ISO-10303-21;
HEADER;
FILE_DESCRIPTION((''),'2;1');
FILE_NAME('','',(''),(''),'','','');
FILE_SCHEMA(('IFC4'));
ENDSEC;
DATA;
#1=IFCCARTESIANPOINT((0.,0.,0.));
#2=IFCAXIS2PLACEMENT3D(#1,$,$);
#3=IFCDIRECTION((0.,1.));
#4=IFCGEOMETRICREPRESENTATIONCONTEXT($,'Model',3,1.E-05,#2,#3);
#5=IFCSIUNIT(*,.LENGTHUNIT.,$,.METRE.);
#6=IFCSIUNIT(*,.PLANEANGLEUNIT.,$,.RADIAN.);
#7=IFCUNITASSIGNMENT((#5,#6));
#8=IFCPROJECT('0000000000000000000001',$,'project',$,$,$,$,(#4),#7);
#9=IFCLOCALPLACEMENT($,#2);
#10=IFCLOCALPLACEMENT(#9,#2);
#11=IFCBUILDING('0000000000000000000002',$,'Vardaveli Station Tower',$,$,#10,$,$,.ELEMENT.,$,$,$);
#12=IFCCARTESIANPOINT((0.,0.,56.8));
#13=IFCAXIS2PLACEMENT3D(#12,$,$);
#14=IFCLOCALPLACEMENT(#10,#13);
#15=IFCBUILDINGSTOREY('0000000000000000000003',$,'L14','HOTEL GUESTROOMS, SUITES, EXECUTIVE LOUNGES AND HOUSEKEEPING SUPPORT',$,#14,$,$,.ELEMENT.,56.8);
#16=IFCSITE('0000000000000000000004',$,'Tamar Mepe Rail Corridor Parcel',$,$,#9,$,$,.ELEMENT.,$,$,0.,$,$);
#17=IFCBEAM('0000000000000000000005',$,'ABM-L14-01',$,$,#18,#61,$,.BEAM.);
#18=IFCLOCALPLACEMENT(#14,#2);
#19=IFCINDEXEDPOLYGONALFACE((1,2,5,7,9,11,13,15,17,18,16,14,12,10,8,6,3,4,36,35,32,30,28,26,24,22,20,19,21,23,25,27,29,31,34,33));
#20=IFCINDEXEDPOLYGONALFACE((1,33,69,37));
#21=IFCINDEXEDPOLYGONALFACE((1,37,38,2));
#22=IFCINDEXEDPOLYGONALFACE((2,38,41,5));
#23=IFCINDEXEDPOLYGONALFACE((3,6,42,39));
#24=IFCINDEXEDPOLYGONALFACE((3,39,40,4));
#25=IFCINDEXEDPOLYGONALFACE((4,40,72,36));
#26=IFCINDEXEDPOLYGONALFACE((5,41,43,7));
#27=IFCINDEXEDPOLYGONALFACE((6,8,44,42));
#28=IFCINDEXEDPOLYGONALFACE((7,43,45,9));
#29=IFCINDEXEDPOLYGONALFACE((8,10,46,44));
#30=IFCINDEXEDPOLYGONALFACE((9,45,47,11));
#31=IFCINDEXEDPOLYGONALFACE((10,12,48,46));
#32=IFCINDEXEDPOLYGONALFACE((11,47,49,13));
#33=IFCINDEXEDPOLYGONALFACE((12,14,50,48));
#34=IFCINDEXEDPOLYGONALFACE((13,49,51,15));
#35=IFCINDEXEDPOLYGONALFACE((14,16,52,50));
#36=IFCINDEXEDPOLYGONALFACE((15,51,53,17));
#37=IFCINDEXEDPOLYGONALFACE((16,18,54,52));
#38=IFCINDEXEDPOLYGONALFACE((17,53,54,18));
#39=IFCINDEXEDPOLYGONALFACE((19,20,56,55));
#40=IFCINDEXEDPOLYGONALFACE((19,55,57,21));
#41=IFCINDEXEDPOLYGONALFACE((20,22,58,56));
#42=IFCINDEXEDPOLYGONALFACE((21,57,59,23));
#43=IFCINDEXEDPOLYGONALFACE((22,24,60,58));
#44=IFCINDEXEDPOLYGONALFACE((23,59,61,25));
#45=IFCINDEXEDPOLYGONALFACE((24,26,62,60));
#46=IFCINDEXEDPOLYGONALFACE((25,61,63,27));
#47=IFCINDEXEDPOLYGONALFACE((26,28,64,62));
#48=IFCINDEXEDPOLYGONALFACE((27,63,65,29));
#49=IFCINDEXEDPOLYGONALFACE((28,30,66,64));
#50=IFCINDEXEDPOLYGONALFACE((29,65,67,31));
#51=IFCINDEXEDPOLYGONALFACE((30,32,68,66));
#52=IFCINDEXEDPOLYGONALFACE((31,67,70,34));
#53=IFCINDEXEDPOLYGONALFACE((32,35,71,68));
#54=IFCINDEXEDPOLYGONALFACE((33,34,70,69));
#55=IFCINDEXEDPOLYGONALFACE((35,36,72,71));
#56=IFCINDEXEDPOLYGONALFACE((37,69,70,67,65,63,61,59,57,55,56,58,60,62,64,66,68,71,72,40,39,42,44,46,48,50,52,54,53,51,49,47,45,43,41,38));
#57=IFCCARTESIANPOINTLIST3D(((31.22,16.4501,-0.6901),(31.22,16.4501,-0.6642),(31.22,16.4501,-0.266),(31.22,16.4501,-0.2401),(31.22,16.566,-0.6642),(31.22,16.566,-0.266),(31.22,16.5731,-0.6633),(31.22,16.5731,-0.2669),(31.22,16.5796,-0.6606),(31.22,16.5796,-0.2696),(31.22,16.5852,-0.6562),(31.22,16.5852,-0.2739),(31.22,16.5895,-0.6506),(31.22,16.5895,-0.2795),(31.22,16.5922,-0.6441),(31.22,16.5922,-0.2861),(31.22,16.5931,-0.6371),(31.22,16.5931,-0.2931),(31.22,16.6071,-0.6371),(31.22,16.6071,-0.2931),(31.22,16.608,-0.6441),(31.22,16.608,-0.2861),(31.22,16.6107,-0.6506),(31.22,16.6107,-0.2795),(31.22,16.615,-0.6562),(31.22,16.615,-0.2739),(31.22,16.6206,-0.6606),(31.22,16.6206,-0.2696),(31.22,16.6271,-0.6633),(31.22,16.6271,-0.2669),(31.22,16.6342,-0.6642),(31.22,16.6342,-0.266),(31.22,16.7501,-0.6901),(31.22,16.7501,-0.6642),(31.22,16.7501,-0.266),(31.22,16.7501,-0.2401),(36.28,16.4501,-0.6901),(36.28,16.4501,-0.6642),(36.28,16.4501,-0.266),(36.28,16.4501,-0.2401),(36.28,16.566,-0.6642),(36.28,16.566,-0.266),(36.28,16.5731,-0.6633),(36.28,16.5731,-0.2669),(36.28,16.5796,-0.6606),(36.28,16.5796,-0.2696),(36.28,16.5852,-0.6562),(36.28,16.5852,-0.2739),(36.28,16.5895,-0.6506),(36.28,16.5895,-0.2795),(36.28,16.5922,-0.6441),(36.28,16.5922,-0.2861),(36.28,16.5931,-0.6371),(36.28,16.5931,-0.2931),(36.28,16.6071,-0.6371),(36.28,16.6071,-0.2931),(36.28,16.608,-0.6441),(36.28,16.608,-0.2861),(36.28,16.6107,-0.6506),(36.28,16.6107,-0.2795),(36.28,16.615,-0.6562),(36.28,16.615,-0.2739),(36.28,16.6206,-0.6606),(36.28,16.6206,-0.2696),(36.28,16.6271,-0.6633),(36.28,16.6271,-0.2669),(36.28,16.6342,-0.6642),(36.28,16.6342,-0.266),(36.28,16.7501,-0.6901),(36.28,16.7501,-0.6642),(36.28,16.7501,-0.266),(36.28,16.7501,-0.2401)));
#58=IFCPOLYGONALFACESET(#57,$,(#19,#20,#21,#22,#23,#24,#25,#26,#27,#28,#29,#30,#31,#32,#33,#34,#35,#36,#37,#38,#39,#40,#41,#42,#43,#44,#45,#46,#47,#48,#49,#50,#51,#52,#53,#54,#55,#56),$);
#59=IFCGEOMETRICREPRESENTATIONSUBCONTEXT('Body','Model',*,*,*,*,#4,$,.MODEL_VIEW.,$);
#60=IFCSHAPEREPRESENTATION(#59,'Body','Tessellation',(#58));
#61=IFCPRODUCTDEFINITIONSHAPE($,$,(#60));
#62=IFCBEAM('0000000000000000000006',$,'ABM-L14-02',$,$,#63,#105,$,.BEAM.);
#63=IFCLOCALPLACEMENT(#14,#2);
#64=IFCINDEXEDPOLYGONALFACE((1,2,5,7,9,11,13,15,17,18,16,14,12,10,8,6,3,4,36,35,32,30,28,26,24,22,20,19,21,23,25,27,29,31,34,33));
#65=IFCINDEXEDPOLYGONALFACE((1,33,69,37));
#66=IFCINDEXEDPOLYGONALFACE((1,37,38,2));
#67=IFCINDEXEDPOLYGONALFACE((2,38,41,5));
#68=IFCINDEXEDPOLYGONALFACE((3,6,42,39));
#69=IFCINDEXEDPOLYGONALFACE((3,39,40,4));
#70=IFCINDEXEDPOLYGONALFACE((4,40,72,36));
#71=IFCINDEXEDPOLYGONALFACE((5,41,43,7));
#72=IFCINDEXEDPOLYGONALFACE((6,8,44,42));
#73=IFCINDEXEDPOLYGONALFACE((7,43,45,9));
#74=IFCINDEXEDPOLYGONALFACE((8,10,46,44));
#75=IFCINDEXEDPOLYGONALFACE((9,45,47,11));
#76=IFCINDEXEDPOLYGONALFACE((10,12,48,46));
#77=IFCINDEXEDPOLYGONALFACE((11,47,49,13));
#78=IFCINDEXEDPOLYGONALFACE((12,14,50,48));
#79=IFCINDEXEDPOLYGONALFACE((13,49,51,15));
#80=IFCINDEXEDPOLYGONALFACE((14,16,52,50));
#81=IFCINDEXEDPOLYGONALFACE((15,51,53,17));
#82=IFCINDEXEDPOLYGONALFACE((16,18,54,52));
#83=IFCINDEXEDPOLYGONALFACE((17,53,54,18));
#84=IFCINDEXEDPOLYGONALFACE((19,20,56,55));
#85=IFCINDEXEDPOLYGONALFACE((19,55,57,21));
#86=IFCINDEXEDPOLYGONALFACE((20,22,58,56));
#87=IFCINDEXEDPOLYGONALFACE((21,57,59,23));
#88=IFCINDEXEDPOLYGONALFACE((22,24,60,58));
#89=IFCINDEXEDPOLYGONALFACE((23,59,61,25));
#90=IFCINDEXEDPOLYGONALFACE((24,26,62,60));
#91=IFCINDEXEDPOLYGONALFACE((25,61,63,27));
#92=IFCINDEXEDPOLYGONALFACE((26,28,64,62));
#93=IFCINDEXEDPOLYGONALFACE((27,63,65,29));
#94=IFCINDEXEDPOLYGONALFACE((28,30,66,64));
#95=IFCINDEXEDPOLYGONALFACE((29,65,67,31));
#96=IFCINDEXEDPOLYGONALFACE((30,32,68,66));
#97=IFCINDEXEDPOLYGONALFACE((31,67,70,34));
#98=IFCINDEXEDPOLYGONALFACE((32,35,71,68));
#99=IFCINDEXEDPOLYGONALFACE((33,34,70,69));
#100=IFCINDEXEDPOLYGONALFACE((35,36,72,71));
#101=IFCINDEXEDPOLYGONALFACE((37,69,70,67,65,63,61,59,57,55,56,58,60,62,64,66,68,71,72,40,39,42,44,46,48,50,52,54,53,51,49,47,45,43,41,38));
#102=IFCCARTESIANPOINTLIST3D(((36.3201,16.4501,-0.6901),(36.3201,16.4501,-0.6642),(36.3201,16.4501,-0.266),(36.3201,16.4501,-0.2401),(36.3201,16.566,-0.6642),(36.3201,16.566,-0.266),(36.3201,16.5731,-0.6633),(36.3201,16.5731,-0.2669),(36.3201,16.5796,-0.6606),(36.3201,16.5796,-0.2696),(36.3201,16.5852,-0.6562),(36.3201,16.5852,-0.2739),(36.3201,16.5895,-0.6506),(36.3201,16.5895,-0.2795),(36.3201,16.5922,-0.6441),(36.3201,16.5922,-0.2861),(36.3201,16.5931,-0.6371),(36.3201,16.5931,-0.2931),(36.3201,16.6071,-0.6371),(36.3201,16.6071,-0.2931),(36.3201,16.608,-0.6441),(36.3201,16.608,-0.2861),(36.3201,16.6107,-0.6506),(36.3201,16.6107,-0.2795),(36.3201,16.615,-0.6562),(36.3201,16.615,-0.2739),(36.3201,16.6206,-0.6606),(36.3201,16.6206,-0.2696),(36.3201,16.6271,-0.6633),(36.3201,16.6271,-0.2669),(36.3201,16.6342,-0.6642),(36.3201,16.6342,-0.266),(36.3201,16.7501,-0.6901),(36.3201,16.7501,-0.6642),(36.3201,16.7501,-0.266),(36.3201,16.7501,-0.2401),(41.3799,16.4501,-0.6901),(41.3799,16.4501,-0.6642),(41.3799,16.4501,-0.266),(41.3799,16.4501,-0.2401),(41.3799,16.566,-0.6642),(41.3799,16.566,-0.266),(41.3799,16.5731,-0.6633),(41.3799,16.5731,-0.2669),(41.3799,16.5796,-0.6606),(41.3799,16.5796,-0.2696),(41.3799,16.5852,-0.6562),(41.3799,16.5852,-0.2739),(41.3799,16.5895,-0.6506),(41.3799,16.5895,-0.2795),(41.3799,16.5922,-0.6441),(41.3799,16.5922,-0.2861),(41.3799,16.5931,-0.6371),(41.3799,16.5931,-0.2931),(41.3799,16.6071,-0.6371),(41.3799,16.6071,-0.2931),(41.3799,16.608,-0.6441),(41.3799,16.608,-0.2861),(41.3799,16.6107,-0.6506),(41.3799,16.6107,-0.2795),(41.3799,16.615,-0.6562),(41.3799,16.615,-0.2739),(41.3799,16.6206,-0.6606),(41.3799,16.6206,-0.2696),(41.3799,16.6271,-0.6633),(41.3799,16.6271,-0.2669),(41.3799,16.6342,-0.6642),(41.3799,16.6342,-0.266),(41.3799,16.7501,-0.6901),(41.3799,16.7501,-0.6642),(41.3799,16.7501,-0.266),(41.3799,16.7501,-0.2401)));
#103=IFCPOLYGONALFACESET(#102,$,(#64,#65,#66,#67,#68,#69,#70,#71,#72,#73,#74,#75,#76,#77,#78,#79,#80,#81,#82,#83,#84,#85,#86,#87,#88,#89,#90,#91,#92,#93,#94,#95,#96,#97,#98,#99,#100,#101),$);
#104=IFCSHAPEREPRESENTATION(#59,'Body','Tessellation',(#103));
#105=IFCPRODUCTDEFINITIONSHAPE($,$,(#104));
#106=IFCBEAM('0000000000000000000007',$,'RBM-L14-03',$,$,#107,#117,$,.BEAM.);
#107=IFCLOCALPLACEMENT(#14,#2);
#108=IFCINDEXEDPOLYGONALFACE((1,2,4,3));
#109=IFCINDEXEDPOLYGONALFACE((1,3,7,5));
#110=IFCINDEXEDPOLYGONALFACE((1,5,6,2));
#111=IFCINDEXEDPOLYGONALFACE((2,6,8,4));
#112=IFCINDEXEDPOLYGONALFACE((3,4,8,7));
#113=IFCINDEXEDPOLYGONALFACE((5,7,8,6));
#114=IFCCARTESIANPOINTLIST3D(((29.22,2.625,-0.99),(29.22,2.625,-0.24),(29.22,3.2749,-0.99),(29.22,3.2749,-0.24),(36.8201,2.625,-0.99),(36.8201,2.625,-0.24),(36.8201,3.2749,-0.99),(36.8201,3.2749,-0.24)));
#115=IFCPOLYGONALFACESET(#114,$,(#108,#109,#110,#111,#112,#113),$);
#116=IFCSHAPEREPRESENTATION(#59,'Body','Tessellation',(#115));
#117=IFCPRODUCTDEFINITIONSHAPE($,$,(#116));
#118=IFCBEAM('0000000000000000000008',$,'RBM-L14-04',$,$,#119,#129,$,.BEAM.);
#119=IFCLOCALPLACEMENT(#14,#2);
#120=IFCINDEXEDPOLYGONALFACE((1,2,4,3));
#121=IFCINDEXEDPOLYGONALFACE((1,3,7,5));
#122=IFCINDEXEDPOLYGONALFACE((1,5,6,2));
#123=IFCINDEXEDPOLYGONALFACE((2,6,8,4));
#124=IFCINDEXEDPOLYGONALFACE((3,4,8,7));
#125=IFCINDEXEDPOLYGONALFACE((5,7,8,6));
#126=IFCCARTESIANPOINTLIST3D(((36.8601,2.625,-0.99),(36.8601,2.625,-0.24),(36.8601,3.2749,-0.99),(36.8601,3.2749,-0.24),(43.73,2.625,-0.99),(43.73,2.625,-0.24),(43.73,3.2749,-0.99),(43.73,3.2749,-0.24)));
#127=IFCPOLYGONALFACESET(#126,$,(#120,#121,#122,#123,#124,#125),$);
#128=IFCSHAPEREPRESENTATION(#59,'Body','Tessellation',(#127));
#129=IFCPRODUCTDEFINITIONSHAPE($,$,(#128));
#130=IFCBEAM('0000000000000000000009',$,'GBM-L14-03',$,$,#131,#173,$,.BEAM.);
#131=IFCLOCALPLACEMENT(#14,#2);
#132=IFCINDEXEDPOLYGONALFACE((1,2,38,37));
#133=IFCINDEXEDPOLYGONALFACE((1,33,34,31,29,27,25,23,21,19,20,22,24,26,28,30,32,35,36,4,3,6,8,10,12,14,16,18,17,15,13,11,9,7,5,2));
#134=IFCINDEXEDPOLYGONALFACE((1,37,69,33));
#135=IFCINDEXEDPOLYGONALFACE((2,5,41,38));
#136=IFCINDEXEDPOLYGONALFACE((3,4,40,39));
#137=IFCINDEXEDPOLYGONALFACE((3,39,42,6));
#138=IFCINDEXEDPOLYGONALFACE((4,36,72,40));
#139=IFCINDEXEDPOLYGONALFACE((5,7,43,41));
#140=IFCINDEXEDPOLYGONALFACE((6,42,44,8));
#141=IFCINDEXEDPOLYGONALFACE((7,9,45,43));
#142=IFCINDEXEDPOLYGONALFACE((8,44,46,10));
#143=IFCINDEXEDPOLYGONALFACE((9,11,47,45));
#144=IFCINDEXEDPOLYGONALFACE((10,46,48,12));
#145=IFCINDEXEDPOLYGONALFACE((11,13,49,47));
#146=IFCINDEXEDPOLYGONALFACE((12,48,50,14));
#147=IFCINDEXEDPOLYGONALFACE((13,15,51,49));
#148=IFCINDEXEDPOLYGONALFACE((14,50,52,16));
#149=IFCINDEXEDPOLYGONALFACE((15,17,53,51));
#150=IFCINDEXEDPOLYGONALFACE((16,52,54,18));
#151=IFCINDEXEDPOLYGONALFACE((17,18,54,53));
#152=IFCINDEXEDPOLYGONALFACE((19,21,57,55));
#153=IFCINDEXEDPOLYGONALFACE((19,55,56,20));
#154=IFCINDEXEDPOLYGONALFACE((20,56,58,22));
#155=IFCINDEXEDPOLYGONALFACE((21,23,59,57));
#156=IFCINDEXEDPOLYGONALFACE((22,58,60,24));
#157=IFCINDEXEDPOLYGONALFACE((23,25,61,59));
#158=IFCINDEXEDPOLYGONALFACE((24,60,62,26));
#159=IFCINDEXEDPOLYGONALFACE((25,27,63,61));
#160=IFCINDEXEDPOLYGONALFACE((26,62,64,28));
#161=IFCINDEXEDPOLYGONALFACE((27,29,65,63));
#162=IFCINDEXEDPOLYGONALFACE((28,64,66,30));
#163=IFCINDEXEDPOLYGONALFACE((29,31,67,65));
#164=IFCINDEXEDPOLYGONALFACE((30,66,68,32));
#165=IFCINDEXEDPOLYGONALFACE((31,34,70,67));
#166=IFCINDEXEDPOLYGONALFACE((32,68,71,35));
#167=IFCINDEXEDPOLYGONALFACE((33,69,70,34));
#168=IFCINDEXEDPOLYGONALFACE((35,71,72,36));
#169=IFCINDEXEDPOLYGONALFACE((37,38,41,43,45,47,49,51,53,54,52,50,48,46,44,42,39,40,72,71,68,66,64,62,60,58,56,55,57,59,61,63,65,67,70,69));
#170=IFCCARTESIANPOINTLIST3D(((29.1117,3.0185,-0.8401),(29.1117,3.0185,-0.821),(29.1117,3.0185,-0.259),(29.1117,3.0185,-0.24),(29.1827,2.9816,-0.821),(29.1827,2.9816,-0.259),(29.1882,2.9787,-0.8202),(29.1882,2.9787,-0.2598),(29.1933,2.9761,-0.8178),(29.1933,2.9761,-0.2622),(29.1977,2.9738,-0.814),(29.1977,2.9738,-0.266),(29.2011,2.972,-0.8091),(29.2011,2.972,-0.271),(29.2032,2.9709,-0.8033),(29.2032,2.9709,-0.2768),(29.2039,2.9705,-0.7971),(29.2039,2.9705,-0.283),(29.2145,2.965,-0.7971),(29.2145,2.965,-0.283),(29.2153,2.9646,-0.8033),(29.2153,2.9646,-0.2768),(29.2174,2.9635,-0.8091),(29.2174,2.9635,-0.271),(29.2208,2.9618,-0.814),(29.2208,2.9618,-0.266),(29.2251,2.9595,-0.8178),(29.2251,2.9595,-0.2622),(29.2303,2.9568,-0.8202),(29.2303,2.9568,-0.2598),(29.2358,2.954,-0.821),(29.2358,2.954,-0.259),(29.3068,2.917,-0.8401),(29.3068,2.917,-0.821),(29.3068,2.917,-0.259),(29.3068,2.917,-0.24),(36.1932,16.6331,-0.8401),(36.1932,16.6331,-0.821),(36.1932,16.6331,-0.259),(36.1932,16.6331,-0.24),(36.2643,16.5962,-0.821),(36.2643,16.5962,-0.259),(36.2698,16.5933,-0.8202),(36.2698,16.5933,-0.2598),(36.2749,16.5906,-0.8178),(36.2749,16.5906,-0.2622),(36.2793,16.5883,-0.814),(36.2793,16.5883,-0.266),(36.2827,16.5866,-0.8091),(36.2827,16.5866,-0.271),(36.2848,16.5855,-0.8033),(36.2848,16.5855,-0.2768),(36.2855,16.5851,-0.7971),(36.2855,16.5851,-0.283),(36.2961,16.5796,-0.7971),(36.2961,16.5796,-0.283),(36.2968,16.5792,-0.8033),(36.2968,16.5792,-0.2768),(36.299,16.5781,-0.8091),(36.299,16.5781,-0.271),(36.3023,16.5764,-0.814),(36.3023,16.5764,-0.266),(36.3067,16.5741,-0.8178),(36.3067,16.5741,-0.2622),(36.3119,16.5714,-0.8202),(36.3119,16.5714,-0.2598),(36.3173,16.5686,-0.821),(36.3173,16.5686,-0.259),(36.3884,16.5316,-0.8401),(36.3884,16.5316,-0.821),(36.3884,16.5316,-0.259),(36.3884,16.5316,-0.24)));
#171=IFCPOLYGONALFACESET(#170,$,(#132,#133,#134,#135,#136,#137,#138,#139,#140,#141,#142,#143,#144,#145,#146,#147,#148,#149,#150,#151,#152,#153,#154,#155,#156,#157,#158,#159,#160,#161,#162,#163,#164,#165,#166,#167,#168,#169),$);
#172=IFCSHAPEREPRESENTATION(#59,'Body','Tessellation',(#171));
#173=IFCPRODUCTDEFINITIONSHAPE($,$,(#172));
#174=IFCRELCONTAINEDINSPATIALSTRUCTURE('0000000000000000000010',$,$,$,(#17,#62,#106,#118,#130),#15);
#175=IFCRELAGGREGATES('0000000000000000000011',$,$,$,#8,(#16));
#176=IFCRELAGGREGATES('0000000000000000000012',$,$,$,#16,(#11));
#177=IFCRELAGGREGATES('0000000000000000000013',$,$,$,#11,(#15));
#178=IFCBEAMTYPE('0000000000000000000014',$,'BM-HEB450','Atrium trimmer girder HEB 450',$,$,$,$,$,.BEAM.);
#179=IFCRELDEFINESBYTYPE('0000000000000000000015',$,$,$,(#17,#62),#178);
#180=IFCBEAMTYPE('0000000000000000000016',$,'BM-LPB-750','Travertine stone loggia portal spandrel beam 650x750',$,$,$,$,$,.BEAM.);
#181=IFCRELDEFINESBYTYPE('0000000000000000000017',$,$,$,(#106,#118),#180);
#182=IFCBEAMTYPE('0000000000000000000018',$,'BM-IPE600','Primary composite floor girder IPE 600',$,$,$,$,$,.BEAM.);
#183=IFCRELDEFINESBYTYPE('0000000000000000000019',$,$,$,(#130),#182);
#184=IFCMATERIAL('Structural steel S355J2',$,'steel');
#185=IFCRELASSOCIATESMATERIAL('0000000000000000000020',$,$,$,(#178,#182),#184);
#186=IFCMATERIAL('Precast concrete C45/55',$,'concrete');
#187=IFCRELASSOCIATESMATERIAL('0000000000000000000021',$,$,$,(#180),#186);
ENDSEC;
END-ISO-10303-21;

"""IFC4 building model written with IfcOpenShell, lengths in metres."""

from ifc_helpers import new_model, si_unit, direction, frame, origin, origin_2d, place, context, subcontext, project, spatial, rectangle, i_section, extrude, source, transform, mapped, material, material_profile, profile_set, type_object, element, save


model = new_model("IFC4")

# Units and contexts
model_context = context("Model", 3, precision=1e-05, world=origin(), true_north=direction((0.0, 1.0)))
body_context = subcontext(model_context, "Body", "Model", "MODEL_VIEW")
ifc_project = project(units=[si_unit("LENGTHUNIT", "METRE"), si_unit("PLANEANGLEUNIT", "RADIAN")], contexts=[model_context])

# Site, building, storey
site_placement = place(None, origin())
site = spatial("IfcSite", under=ifc_project, at=site_placement, Name="Tamar Mepe Rail Corridor Parcel", CompositionType="ELEMENT", RefElevation=0.0)
building_placement = place(site_placement, origin())
building = spatial("IfcBuilding", under=site, at=building_placement, Name="Vardaveli Station Tower", CompositionType="ELEMENT")
storey_placement = place(building_placement, frame((0.0, 0.0, 56.8)))
storey = spatial("IfcBuildingStorey", under=building, at=storey_placement, Name="L14", Description="HOTEL GUESTROOMS, SUITES, EXECUTIVE LOUNGES AND HOUSEKEEPING SUPPORT", CompositionType="ELEMENT", Elevation=56.8)

# Beams
ifc_material_1 = material(Name="Structural steel S355J2", Category="steel")
ifc_material_profile_1 = material_profile(ifc_material_1, i_section(OverallWidth=0.3, OverallDepth=0.45, WebThickness=0.0139, FlangeThickness=0.0259, FilletRadius=0.0271, at=origin_2d()), Name="HEB 450")
ifc_profile_set_1 = profile_set([ifc_material_profile_1], Name="Structural steel S355J2")
beam_type_1 = type_object("IfcBeamType", Name="BM-HEB450", Description="Atrium trimmer girder HEB 450", PredefinedType="BEAM", material=ifc_profile_set_1)
shared_shape_1 = source(origin(), body_context, "Body", "SweptSolid", [
    extrude(i_section(OverallWidth=0.3, OverallDepth=0.45, WebThickness=0.0139, FlangeThickness=0.0259, FilletRadius=0.0271, at=origin_2d()), origin(), (0.0, 0.0, 1.0), 5.0601),
])
beam_1_placement = place(storey_placement, frame((31.22, 16.6001, -0.4651), z_axis=(1.0, 0.0, 0.0), x_axis=(0.0, 1.0, 0.0)))
element("IfcBeam", 1, at=beam_1_placement, inside=storey, type_object=beam_type_1, Name="ABM-L14-01", PredefinedType="BEAM", context=body_context, shape_type="MappedRepresentation", body=[
    mapped(shared_shape_1, transform((0.0, 0.0, 0.0), scale=1.0)),
])
shared_shape_2 = source(origin(), body_context, "Body", "SweptSolid", [
    extrude(i_section(OverallWidth=0.3, OverallDepth=0.45, WebThickness=0.0139, FlangeThickness=0.0259, FilletRadius=0.0271, at=origin_2d()), origin(), (0.0, 0.0, 1.0), 5.0598),
])
beam_2_placement = place(storey_placement, frame((36.3201, 16.6001, -0.4651), z_axis=(1.0, 0.0, 0.0), x_axis=(0.0, 1.0, 0.0)))
element("IfcBeam", 2, at=beam_2_placement, inside=storey, type_object=beam_type_1, Name="ABM-L14-02", PredefinedType="BEAM", context=body_context, shape_type="MappedRepresentation", body=[
    mapped(shared_shape_2, transform((0.0, 0.0, 0.0), scale=1.0)),
])
ifc_material_2 = material(Name="Precast concrete C45/55", Category="concrete")
ifc_material_profile_2 = material_profile(ifc_material_2, rectangle(XDim=0.6499, YDim=0.75, at=origin_2d()), Name="LPB 650x750")
ifc_profile_set_2 = profile_set([ifc_material_profile_2], Name="Precast concrete C45/55")
beam_type_2 = type_object("IfcBeamType", Name="BM-LPB-750", Description="Travertine stone loggia portal spandrel beam 650x750", PredefinedType="BEAM", material=ifc_profile_set_2)
shared_shape_3 = source(origin(), body_context, "Body", "SweptSolid", [
    extrude(rectangle(XDim=0.6499, YDim=0.75, at=origin_2d()), origin(), (0.0, 0.0, 1.0), 7.6001),
])
beam_3_placement = place(storey_placement, frame((29.22, 2.95, -0.615), z_axis=(1.0, 0.0, 0.0), x_axis=(0.0, 1.0, 0.0)))
element("IfcBeam", 3, at=beam_3_placement, inside=storey, type_object=beam_type_2, Name="RBM-L14-03", PredefinedType="BEAM", context=body_context, shape_type="MappedRepresentation", body=[
    mapped(shared_shape_3, transform((0.0, 0.0, 0.0), scale=1.0)),
])
shared_shape_4 = source(origin(), body_context, "Body", "SweptSolid", [
    extrude(rectangle(XDim=0.6499, YDim=0.75, at=origin_2d()), origin(), (0.0, 0.0, 1.0), 6.8699),
])
beam_4_placement = place(storey_placement, frame((36.8601, 2.95, -0.615), z_axis=(1.0, 0.0, 0.0), x_axis=(0.0, 1.0, 0.0)))
element("IfcBeam", 4, at=beam_4_placement, inside=storey, type_object=beam_type_2, Name="RBM-L14-04", PredefinedType="BEAM", context=body_context, shape_type="MappedRepresentation", body=[
    mapped(shared_shape_4, transform((0.0, 0.0, 0.0), scale=1.0)),
])
ifc_material_profile_3 = material_profile(ifc_material_1, i_section(OverallWidth=0.22, OverallDepth=0.6001, WebThickness=0.012, FlangeThickness=0.019, FilletRadius=0.0239, at=origin_2d()), Name="IPE 600")
ifc_profile_set_3 = profile_set([ifc_material_profile_3], Name="Structural steel S355J2")
beam_type_3 = type_object("IfcBeamType", Name="BM-IPE600", Description="Primary composite floor girder IPE 600", PredefinedType="BEAM", material=ifc_profile_set_3)
shared_shape_5 = source(origin(), body_context, "Body", "SweptSolid", [
    extrude(i_section(OverallWidth=0.22, OverallDepth=0.6001, WebThickness=0.012, FlangeThickness=0.019, FilletRadius=0.0239, at=origin_2d()), origin(), (0.0, 0.0, 1.0), 15.3462),
])
beam_5_placement = place(storey_placement, frame((29.2092, 2.9678, -0.54), z_axis=(0.461455, 0.887163, 0.0), x_axis=(-0.887163, 0.461455, 0.0)))
element("IfcBeam", 5, at=beam_5_placement, inside=storey, type_object=beam_type_3, Name="GBM-L14-03", PredefinedType="BEAM", context=body_context, shape_type="MappedRepresentation", body=[
    mapped(shared_shape_5, transform((0.0, 0.0, 0.0), scale=1.0)),
])

save(model, "model.ifc")
